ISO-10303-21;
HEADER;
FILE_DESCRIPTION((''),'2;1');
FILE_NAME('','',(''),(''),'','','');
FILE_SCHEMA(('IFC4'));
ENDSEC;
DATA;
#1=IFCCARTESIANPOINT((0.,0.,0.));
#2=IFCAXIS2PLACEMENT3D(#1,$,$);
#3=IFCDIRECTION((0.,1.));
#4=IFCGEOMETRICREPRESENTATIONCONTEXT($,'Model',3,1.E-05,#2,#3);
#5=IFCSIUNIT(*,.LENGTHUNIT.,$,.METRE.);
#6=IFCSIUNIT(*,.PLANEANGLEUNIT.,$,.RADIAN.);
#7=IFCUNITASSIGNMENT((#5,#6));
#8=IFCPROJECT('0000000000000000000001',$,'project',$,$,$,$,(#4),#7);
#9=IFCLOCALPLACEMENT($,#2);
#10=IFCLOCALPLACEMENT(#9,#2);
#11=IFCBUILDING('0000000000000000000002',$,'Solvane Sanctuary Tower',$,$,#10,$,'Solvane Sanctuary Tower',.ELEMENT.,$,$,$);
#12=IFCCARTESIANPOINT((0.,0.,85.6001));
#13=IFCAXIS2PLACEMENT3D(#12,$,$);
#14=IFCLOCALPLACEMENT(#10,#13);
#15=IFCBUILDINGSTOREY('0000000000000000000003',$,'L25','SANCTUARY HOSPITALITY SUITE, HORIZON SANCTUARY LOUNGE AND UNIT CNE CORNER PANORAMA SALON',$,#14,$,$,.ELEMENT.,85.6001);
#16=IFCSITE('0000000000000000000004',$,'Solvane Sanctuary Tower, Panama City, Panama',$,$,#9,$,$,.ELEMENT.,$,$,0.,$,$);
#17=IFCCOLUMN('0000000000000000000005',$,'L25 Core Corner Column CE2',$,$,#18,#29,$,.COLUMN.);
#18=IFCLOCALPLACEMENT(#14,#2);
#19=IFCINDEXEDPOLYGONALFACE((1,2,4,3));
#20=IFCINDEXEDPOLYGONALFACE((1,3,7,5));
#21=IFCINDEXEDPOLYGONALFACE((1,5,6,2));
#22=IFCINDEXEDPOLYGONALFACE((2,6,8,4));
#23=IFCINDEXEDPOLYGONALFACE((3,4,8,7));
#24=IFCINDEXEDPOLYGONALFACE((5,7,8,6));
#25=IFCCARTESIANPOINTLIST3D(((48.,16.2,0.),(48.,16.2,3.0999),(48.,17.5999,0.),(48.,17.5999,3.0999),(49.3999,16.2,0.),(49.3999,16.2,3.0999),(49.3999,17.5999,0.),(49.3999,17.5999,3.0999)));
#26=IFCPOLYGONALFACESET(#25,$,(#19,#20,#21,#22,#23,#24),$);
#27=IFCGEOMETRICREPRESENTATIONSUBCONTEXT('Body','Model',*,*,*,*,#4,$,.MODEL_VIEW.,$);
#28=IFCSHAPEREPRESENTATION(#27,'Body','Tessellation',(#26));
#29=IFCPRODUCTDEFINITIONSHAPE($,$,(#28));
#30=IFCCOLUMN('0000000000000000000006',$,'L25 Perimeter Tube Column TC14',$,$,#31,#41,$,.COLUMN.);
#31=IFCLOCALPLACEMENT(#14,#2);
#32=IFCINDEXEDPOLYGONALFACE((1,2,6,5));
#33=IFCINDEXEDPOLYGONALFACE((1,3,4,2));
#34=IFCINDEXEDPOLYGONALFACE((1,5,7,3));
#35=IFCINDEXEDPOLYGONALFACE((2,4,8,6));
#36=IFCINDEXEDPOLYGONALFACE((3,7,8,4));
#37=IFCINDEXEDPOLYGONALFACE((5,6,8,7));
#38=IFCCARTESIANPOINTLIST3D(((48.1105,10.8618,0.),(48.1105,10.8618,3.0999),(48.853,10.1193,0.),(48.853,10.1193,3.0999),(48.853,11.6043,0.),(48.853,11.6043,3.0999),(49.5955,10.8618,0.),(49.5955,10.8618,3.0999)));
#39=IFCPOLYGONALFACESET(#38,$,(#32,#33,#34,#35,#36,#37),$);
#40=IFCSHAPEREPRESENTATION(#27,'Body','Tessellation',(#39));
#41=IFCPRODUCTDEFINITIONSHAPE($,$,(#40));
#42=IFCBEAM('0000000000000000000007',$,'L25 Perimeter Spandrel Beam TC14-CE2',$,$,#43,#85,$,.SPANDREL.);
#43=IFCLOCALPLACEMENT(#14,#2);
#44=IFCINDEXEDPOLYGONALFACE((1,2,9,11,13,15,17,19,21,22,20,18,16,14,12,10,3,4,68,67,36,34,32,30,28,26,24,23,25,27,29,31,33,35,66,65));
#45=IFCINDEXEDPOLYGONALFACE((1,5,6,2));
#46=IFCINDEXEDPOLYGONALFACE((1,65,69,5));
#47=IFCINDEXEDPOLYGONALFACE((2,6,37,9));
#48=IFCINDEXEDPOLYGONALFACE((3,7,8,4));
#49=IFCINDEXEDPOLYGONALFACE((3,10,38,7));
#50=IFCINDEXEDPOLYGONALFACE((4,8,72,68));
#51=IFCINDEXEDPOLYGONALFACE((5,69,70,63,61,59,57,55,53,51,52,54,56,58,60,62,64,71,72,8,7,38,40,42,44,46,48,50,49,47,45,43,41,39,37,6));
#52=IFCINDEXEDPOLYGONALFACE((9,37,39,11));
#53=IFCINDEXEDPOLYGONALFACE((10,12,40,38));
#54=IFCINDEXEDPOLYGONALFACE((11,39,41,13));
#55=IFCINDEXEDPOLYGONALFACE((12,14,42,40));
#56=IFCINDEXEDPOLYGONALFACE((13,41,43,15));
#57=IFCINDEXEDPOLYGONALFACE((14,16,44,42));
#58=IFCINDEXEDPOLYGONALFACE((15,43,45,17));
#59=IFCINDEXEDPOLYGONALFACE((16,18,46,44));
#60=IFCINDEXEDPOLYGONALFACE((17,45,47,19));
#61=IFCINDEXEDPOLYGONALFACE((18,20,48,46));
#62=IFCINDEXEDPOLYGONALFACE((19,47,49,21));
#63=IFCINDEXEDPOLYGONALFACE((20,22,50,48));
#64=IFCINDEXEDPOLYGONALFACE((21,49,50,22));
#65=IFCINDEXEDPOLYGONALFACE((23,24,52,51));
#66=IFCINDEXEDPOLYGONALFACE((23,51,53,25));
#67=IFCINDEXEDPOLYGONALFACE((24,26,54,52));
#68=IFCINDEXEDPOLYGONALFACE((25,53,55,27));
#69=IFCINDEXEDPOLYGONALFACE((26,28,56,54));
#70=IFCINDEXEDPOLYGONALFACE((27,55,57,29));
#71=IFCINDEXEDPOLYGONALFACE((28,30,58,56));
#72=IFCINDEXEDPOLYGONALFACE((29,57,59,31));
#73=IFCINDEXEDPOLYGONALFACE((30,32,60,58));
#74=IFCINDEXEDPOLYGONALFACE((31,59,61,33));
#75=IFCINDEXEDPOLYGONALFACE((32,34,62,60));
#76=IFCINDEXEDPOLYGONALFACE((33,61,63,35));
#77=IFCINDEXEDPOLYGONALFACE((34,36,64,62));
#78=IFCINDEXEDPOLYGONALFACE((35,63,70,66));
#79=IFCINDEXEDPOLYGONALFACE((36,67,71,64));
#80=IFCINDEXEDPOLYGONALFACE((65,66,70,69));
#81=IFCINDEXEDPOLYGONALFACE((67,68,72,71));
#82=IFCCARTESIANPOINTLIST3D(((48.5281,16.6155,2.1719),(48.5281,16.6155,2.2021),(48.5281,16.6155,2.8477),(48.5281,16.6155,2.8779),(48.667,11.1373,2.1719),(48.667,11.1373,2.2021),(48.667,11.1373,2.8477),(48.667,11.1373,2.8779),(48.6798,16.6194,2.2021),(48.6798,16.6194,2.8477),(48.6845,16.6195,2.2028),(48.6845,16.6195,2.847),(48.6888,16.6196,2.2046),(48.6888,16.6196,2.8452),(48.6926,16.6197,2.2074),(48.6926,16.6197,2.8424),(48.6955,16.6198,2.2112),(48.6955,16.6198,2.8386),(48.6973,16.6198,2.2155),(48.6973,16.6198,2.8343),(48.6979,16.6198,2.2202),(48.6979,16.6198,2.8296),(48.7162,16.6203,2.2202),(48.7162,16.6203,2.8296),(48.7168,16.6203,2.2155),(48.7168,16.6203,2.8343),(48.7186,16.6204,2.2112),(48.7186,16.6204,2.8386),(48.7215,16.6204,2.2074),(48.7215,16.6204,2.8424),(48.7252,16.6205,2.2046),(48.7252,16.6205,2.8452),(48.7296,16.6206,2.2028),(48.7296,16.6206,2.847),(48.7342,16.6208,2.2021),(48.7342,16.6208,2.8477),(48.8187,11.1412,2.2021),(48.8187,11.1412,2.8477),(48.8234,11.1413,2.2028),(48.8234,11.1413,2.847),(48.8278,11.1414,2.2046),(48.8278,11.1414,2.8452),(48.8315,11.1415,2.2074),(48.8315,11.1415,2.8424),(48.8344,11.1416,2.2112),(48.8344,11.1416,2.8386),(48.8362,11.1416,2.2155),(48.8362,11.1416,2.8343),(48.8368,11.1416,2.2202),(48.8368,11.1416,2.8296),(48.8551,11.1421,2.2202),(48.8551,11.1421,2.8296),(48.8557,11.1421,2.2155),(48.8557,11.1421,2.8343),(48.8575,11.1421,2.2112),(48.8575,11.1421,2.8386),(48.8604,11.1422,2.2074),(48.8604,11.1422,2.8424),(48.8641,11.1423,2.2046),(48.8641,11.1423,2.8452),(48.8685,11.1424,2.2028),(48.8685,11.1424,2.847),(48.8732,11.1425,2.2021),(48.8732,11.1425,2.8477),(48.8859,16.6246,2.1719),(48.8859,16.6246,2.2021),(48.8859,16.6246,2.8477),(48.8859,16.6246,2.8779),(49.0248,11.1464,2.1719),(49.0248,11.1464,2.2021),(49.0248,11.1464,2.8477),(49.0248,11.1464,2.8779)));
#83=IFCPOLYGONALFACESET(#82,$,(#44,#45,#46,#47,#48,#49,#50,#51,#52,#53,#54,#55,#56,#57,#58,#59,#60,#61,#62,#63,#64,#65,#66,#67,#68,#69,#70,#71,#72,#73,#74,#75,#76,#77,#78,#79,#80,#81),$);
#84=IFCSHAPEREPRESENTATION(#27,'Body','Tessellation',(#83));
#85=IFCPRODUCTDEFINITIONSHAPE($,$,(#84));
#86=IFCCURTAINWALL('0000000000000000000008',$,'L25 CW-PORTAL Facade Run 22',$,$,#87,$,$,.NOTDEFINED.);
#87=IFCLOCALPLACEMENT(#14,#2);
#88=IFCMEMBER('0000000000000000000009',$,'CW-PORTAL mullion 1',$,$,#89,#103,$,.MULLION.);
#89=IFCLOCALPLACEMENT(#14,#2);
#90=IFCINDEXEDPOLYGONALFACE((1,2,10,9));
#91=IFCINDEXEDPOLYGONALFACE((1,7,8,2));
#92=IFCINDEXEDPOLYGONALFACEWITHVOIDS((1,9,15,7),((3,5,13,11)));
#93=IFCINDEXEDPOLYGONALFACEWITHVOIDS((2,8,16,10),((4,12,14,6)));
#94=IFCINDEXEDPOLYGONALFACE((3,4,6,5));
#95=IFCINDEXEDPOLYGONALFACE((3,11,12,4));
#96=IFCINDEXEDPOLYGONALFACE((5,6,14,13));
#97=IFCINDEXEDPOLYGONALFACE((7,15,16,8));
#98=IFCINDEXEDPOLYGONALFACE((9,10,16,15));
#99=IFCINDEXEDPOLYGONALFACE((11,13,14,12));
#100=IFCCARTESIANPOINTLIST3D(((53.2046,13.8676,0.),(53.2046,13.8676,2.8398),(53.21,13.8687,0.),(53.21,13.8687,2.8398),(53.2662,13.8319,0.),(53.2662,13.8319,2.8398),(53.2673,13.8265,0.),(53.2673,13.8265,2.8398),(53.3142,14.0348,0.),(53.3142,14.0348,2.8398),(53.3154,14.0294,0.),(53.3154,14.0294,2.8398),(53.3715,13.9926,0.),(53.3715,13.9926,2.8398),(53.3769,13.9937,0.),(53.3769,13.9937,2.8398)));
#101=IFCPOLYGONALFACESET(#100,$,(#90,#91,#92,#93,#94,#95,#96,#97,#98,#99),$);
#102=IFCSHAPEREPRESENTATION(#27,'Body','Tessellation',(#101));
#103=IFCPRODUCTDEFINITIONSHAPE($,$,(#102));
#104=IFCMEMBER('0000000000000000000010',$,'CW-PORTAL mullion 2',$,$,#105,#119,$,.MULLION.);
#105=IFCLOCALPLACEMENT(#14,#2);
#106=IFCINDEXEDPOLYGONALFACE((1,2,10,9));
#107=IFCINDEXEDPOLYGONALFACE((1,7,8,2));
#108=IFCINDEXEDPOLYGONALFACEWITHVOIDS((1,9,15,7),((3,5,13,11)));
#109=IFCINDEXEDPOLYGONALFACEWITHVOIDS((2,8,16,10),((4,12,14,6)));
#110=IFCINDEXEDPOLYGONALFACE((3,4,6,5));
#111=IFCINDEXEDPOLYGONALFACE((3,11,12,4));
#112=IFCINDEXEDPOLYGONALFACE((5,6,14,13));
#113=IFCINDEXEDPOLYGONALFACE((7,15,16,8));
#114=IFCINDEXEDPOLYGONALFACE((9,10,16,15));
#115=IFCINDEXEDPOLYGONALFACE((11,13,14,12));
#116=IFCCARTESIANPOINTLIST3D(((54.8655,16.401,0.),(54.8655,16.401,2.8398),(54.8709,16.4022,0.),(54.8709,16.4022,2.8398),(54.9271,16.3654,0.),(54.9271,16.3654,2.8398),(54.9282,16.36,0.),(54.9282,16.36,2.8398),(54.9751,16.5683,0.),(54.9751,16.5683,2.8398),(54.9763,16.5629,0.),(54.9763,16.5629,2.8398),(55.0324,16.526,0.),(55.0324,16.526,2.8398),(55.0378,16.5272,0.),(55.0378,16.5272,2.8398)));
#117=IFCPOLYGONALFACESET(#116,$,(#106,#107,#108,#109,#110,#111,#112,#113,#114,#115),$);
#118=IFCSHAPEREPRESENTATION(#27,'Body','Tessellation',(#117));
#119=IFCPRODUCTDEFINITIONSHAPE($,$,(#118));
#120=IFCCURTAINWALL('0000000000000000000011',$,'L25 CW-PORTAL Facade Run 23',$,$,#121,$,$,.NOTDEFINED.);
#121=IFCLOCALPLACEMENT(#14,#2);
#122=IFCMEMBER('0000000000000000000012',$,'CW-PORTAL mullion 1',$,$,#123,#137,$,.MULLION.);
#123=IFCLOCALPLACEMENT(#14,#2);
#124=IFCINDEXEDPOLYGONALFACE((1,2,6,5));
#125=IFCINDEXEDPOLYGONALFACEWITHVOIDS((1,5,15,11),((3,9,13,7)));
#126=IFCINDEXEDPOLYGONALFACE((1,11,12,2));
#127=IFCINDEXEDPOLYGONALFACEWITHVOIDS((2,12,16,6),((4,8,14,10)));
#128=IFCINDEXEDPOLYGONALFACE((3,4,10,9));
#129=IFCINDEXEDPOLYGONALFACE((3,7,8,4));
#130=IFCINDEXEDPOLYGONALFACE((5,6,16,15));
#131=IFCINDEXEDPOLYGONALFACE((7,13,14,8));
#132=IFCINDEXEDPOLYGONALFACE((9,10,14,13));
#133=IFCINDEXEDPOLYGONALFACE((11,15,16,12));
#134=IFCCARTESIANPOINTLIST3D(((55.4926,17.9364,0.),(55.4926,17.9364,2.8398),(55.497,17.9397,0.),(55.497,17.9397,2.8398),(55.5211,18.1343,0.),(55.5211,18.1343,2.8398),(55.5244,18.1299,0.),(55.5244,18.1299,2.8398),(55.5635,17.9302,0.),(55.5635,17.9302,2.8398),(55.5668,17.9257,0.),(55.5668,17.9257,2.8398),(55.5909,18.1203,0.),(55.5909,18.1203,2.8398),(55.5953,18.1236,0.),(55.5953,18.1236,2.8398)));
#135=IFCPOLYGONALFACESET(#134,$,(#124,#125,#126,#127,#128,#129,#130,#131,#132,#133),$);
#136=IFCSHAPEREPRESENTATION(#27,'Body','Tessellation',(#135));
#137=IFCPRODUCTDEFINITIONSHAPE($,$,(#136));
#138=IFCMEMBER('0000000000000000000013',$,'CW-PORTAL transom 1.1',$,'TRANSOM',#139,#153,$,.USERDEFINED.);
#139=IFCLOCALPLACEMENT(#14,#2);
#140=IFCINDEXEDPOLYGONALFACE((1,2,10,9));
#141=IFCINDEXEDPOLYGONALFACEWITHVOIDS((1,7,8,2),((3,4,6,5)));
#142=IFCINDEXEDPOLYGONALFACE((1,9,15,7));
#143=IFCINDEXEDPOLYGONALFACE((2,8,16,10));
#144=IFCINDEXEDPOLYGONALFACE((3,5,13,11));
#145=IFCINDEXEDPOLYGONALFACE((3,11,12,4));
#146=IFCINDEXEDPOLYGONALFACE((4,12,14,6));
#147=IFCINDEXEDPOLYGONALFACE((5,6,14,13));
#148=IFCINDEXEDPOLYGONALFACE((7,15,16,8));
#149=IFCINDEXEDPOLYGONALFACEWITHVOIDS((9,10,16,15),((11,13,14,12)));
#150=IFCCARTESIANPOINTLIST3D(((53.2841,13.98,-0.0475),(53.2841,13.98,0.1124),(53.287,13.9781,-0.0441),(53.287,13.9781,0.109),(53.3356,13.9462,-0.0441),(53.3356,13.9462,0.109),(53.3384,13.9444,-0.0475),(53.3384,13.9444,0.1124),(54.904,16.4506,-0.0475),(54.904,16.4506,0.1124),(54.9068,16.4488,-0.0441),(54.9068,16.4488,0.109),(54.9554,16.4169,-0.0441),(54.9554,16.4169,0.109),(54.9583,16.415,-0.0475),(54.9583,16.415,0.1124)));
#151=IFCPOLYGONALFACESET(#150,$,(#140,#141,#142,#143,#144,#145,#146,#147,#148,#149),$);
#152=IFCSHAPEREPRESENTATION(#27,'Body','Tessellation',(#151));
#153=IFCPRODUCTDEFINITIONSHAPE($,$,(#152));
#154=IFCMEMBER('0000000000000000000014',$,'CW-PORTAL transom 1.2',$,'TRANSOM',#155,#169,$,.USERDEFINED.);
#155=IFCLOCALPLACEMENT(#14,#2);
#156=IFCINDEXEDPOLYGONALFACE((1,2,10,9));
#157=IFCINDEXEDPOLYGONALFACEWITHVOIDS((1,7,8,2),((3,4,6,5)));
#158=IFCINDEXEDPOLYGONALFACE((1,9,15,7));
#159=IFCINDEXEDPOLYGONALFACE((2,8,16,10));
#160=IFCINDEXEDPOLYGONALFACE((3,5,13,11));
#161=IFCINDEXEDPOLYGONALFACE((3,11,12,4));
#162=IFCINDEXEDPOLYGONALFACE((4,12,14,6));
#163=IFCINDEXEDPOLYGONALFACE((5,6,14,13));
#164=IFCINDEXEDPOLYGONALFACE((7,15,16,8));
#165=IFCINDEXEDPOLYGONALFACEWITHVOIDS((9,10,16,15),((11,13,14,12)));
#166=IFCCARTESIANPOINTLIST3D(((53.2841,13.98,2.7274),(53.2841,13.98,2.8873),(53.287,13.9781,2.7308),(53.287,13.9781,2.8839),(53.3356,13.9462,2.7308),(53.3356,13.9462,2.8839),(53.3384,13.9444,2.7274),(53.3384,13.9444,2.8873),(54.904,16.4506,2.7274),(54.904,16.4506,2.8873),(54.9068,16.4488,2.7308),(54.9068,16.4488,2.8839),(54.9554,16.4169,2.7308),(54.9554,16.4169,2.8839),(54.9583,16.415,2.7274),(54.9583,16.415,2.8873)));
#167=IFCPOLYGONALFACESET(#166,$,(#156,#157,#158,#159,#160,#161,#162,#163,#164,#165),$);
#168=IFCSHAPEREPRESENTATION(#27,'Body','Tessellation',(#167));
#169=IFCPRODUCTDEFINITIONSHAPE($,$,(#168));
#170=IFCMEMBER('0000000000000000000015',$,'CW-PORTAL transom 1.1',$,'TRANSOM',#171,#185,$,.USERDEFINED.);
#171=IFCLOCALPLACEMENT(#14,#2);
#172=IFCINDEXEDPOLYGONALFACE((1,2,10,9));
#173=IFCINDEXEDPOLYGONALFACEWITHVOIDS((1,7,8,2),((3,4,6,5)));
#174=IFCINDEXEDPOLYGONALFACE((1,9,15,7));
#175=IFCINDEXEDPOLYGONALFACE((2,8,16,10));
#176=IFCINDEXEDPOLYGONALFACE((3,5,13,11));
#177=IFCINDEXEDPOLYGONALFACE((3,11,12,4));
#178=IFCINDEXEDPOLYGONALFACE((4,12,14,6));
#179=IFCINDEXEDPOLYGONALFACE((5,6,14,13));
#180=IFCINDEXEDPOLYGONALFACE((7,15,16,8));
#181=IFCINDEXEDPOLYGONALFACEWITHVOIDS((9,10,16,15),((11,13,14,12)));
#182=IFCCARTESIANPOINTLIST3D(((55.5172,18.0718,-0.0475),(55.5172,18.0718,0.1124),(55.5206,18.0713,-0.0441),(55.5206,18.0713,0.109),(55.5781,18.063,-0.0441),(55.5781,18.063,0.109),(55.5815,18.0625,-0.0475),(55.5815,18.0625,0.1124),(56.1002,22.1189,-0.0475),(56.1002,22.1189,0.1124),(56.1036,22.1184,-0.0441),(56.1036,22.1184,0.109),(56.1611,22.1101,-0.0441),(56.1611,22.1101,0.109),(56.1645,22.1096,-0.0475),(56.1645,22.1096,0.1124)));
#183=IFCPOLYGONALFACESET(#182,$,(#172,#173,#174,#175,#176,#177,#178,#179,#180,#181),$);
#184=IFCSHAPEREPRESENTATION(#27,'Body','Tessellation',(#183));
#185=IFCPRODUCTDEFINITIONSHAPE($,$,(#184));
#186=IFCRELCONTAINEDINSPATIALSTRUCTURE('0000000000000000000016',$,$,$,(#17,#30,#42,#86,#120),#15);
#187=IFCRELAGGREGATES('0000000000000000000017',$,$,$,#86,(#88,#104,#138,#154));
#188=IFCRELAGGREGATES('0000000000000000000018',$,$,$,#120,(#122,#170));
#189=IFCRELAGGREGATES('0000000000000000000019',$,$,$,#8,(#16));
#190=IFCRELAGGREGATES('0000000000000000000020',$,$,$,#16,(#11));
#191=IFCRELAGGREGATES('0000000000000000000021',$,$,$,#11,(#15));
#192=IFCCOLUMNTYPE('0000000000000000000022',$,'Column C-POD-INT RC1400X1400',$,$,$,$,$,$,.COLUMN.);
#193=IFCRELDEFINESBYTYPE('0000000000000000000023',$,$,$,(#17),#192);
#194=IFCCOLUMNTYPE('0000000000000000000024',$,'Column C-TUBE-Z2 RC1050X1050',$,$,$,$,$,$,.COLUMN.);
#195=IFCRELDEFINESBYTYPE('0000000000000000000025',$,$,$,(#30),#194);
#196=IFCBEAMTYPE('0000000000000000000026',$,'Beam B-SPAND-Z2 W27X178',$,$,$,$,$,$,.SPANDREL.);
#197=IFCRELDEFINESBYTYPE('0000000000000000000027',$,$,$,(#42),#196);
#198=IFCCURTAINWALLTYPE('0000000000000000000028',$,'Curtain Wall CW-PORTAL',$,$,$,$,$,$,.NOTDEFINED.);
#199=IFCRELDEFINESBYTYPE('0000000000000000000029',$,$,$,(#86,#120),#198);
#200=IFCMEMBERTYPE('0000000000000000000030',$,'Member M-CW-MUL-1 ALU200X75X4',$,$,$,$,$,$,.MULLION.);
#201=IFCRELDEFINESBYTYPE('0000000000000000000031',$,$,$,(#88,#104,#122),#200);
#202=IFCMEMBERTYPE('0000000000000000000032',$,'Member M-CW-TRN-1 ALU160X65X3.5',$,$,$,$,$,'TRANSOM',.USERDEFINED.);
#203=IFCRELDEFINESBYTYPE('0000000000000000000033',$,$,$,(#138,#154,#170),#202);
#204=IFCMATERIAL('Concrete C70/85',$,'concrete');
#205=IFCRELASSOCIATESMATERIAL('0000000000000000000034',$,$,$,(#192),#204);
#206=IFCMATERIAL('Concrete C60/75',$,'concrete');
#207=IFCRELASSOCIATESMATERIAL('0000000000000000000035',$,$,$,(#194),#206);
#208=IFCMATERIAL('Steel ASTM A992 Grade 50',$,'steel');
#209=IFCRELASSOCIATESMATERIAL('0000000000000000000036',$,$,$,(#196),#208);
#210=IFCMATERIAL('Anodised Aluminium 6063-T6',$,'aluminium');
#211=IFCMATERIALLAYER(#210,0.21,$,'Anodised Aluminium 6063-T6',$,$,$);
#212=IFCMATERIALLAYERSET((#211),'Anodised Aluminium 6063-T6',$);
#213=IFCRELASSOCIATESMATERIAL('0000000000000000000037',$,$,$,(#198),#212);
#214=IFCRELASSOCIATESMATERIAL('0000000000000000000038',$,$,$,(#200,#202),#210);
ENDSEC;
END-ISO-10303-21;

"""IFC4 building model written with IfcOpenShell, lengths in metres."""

from ifc_helpers import new_model, si_unit, direction, frame, origin, origin_2d, place, context, subcontext, project, spatial, rectangle, hollow_rectangle, i_section, extrude, material, layer, layer_set, material_profile, profile_set, type_object, element, aggregate, save


model = new_model("IFC4")

# Units and contexts
model_context = context("Model", 3, precision=1e-05, world=origin(), true_north=direction((0.0, 1.0)))
body_context = subcontext(model_context, "Body", "Model", "MODEL_VIEW")
ifc_project = project(units=[si_unit("LENGTHUNIT", "METRE"), si_unit("PLANEANGLEUNIT", "RADIAN")], contexts=[model_context])

# Site, building, storey
site_placement = place(None, origin())
site = spatial("IfcSite", under=ifc_project, at=site_placement, Name="Solvane Sanctuary Tower, Panama City, Panama", CompositionType="ELEMENT", RefElevation=0.0)
building_placement = place(site_placement, origin())
building = spatial("IfcBuilding", under=site, at=building_placement, Name="Solvane Sanctuary Tower", LongName="Solvane Sanctuary Tower", CompositionType="ELEMENT")
storey_placement = place(building_placement, frame((0.0, 0.0, 85.6001)))
storey = spatial("IfcBuildingStorey", under=building, at=storey_placement, Name="L25", Description="SANCTUARY HOSPITALITY SUITE, HORIZON SANCTUARY LOUNGE AND UNIT CNE CORNER PANORAMA SALON", CompositionType="ELEMENT", Elevation=85.6001)

# Columns
ifc_material_1 = material(Name="Concrete C70/85", Category="concrete")
ifc_material_profile_1 = material_profile(ifc_material_1, rectangle(XDim=1.3999, YDim=1.3999, at=origin_2d()), Name="RC1400X1400")
ifc_profile_set_1 = profile_set([ifc_material_profile_1], Name="Concrete C70/85")
column_type_1 = type_object("IfcColumnType", Name="Column C-POD-INT RC1400X1400", PredefinedType="COLUMN", material=ifc_profile_set_1)
column_1_placement = place(storey_placement, frame((48.7, 16.8999, 0.0), z_axis=(0.0, 0.0, 1.0), x_axis=(1.0, 0.0, 0.0)))
element("IfcColumn", 1, at=column_1_placement, inside=storey, type_object=column_type_1, Name="L25 Core Corner Column CE2", PredefinedType="COLUMN", context=body_context, shape_type="SweptSolid", body=[
    extrude(rectangle(XDim=1.3999, YDim=1.3999, at=origin_2d()), origin(), (0.0, 0.0, 1.0), 3.0999),
])
ifc_material_2 = material(Name="Concrete C60/75", Category="concrete")
ifc_material_profile_2 = material_profile(ifc_material_2, rectangle(XDim=1.05, YDim=1.05, at=origin_2d()), Name="RC1050X1050")
ifc_profile_set_2 = profile_set([ifc_material_profile_2], Name="Concrete C60/75")
column_type_2 = type_object("IfcColumnType", Name="Column C-TUBE-Z2 RC1050X1050", PredefinedType="COLUMN", material=ifc_profile_set_2)
column_2_placement = place(storey_placement, frame((48.853, 10.8618, 0.0), z_axis=(0.0, 0.0, 1.0), x_axis=(0.707107, -0.707107, 0.0)))
element("IfcColumn", 2, at=column_2_placement, inside=storey, type_object=column_type_2, Name="L25 Perimeter Tube Column TC14", PredefinedType="COLUMN", context=body_context, shape_type="SweptSolid", body=[
    extrude(rectangle(XDim=1.05, YDim=1.05, at=origin_2d()), origin(), (0.0, 0.0, 1.0), 3.0999),
])

# Beam
ifc_material_3 = material(Name="Steel ASTM A992 Grade 50", Category="steel")
ifc_material_profile_3 = material_profile(ifc_material_3, i_section(OverallWidth=0.3579, OverallDepth=0.7061, WebThickness=0.0183, FlangeThickness=0.0303, FilletRadius=0.0181, at=origin_2d()), Name="W27X178")
ifc_profile_set_3 = profile_set([ifc_material_profile_3], Name="Steel ASTM A992 Grade 50")
beam_type = type_object("IfcBeamType", Name="Beam B-SPAND-Z2 W27X178", PredefinedType="SPANDREL", material=ifc_profile_set_3)
beam_placement = place(storey_placement, frame((48.8459, 11.1418, 2.5249), z_axis=(-0.025349, 0.999679, 0.0), x_axis=(-0.999679, -0.025349, 0.0)))
element("IfcBeam", 3, at=beam_placement, inside=storey, type_object=beam_type, Name="L25 Perimeter Spandrel Beam TC14-CE2", PredefinedType="SPANDREL", context=body_context, shape_type="SweptSolid", body=[
    extrude(i_section(OverallWidth=0.3579, OverallDepth=0.7061, WebThickness=0.0183, FlangeThickness=0.0303, FilletRadius=0.0181, at=origin_2d()), origin(), (0.0, 0.0, 1.0), 5.48),
])

# Curtain wall, members
ifc_material_4 = material(Name="Anodised Aluminium 6063-T6", Category="aluminium")
ifc_layer_1 = layer(ifc_material_4, 0.21, Name="Anodised Aluminium 6063-T6")
ifc_layer_set_1 = layer_set([ifc_layer_1], Name="Anodised Aluminium 6063-T6")
curtain_wall_type = type_object("IfcCurtainWallType", Name="Curtain Wall CW-PORTAL", PredefinedType="NOTDEFINED", material=ifc_layer_set_1)
curtain_wall_1_placement = place(storey_placement, origin())
curtain_wall_1 = element("IfcCurtainWall", 4, at=curtain_wall_1_placement, inside=storey, type_object=curtain_wall_type, Name="L25 CW-PORTAL Facade Run 22", PredefinedType="NOTDEFINED")
ifc_material_profile_4 = material_profile(ifc_material_4, hollow_rectangle(XDim=0.075, YDim=0.2, WallThickness=0.0039, at=origin_2d()), Name="ALU200X75X4")
ifc_profile_set_4 = profile_set([ifc_material_profile_4], Name="Anodised Aluminium 6063-T6")
member_type_1 = type_object("IfcMemberType", Name="Member M-CW-MUL-1 ALU200X75X4", PredefinedType="MULLION", material=ifc_profile_set_4)
member_1_placement = place(storey_placement, frame((53.2908, 13.9307, 0.0), z_axis=(0.0, 0.0, 1.0), x_axis=(-0.836298, 0.548276, 0.0)))
member_1 = element("IfcMember", 5, at=member_1_placement, type_object=member_type_1, Name="CW-PORTAL mullion 1", PredefinedType="MULLION", context=body_context, shape_type="SweptSolid", body=[
    extrude(hollow_rectangle(XDim=0.075, YDim=0.2, WallThickness=0.0039, at=origin_2d()), origin(), (0.0, 0.0, 1.0), 2.8398),
])
member_2_placement = place(storey_placement, frame((54.9517, 16.4641, 0.0), z_axis=(0.0, 0.0, 1.0), x_axis=(-0.836298, 0.548276, 0.0)))
member_2 = element("IfcMember", 6, at=member_2_placement, type_object=member_type_1, Name="CW-PORTAL mullion 2", PredefinedType="MULLION", context=body_context, shape_type="SweptSolid", body=[
    extrude(hollow_rectangle(XDim=0.075, YDim=0.2, WallThickness=0.0039, at=origin_2d()), origin(), (0.0, 0.0, 1.0), 2.8398),
])

# Curtain wall, member
curtain_wall_2_placement = place(storey_placement, origin())
curtain_wall_2 = element("IfcCurtainWall", 7, at=curtain_wall_2_placement, inside=storey, type_object=curtain_wall_type, Name="L25 CW-PORTAL Facade Run 23", PredefinedType="NOTDEFINED")
member_3_placement = place(storey_placement, frame((55.5439, 18.03, 0.0), z_axis=(0.0, 0.0, 1.0), x_axis=(-0.989782, 0.142587, 0.0)))
member_3 = element("IfcMember", 8, at=member_3_placement, type_object=member_type_1, Name="CW-PORTAL mullion 1", PredefinedType="MULLION", context=body_context, shape_type="SweptSolid", body=[
    extrude(hollow_rectangle(XDim=0.075, YDim=0.2, WallThickness=0.0039, at=origin_2d()), origin(), (0.0, 0.0, 1.0), 2.8398),
])

# Members
ifc_material_profile_5 = material_profile(ifc_material_4, hollow_rectangle(XDim=0.0649, YDim=0.1599, WallThickness=0.0034, at=origin_2d()), Name="ALU160X65X3.5")
ifc_profile_set_5 = profile_set([ifc_material_profile_5], Name="Anodised Aluminium 6063-T6")
member_type_2 = type_object("IfcMemberType", Name="Member M-CW-TRN-1 ALU160X65X3.5", ElementType="TRANSOM", PredefinedType="USERDEFINED", material=ifc_profile_set_5)
member_4_placement = place(storey_placement, frame((53.3113, 13.9622, 0.0325), z_axis=(0.548295, 0.836285, 0.0), x_axis=(-0.836285, 0.548295, 0.0)))
member_4 = element("IfcMember", 9, at=member_4_placement, type_object=member_type_2, Name="CW-PORTAL transom 1.1", ObjectType="TRANSOM", PredefinedType="USERDEFINED", context=body_context, shape_type="SweptSolid", body=[
    extrude(hollow_rectangle(XDim=0.0649, YDim=0.1599, WallThickness=0.0034, at=origin_2d()), origin(), (0.0, 0.0, 1.0), 2.9543),
])
member_5_placement = place(storey_placement, frame((53.3113, 13.9622, 2.8074), z_axis=(0.548295, 0.836285, 0.0), x_axis=(-0.836285, 0.548295, 0.0)))
member_5 = element("IfcMember", 10, at=member_5_placement, type_object=member_type_2, Name="CW-PORTAL transom 1.2", ObjectType="TRANSOM", PredefinedType="USERDEFINED", context=body_context, shape_type="SweptSolid", body=[
    extrude(hollow_rectangle(XDim=0.0649, YDim=0.1599, WallThickness=0.0034, at=origin_2d()), origin(), (0.0, 0.0, 1.0), 2.9543),
])
member_6_placement = place(storey_placement, frame((55.5493, 18.0671, 0.0325), z_axis=(0.142583, 0.989783, 0.0), x_axis=(-0.989783, 0.142583, 0.0)))
member_6 = element("IfcMember", 11, at=member_6_placement, type_object=member_type_2, Name="CW-PORTAL transom 1.1", ObjectType="TRANSOM", PredefinedType="USERDEFINED", context=body_context, shape_type="SweptSolid", body=[
    extrude(hollow_rectangle(XDim=0.0649, YDim=0.1599, WallThickness=0.0034, at=origin_2d()), origin(), (0.0, 0.0, 1.0), 4.0889),
])

aggregate(curtain_wall_1, [member_1, member_2, member_4, member_5])
aggregate(curtain_wall_2, [member_3, member_6])

save(model, "model.ifc")
